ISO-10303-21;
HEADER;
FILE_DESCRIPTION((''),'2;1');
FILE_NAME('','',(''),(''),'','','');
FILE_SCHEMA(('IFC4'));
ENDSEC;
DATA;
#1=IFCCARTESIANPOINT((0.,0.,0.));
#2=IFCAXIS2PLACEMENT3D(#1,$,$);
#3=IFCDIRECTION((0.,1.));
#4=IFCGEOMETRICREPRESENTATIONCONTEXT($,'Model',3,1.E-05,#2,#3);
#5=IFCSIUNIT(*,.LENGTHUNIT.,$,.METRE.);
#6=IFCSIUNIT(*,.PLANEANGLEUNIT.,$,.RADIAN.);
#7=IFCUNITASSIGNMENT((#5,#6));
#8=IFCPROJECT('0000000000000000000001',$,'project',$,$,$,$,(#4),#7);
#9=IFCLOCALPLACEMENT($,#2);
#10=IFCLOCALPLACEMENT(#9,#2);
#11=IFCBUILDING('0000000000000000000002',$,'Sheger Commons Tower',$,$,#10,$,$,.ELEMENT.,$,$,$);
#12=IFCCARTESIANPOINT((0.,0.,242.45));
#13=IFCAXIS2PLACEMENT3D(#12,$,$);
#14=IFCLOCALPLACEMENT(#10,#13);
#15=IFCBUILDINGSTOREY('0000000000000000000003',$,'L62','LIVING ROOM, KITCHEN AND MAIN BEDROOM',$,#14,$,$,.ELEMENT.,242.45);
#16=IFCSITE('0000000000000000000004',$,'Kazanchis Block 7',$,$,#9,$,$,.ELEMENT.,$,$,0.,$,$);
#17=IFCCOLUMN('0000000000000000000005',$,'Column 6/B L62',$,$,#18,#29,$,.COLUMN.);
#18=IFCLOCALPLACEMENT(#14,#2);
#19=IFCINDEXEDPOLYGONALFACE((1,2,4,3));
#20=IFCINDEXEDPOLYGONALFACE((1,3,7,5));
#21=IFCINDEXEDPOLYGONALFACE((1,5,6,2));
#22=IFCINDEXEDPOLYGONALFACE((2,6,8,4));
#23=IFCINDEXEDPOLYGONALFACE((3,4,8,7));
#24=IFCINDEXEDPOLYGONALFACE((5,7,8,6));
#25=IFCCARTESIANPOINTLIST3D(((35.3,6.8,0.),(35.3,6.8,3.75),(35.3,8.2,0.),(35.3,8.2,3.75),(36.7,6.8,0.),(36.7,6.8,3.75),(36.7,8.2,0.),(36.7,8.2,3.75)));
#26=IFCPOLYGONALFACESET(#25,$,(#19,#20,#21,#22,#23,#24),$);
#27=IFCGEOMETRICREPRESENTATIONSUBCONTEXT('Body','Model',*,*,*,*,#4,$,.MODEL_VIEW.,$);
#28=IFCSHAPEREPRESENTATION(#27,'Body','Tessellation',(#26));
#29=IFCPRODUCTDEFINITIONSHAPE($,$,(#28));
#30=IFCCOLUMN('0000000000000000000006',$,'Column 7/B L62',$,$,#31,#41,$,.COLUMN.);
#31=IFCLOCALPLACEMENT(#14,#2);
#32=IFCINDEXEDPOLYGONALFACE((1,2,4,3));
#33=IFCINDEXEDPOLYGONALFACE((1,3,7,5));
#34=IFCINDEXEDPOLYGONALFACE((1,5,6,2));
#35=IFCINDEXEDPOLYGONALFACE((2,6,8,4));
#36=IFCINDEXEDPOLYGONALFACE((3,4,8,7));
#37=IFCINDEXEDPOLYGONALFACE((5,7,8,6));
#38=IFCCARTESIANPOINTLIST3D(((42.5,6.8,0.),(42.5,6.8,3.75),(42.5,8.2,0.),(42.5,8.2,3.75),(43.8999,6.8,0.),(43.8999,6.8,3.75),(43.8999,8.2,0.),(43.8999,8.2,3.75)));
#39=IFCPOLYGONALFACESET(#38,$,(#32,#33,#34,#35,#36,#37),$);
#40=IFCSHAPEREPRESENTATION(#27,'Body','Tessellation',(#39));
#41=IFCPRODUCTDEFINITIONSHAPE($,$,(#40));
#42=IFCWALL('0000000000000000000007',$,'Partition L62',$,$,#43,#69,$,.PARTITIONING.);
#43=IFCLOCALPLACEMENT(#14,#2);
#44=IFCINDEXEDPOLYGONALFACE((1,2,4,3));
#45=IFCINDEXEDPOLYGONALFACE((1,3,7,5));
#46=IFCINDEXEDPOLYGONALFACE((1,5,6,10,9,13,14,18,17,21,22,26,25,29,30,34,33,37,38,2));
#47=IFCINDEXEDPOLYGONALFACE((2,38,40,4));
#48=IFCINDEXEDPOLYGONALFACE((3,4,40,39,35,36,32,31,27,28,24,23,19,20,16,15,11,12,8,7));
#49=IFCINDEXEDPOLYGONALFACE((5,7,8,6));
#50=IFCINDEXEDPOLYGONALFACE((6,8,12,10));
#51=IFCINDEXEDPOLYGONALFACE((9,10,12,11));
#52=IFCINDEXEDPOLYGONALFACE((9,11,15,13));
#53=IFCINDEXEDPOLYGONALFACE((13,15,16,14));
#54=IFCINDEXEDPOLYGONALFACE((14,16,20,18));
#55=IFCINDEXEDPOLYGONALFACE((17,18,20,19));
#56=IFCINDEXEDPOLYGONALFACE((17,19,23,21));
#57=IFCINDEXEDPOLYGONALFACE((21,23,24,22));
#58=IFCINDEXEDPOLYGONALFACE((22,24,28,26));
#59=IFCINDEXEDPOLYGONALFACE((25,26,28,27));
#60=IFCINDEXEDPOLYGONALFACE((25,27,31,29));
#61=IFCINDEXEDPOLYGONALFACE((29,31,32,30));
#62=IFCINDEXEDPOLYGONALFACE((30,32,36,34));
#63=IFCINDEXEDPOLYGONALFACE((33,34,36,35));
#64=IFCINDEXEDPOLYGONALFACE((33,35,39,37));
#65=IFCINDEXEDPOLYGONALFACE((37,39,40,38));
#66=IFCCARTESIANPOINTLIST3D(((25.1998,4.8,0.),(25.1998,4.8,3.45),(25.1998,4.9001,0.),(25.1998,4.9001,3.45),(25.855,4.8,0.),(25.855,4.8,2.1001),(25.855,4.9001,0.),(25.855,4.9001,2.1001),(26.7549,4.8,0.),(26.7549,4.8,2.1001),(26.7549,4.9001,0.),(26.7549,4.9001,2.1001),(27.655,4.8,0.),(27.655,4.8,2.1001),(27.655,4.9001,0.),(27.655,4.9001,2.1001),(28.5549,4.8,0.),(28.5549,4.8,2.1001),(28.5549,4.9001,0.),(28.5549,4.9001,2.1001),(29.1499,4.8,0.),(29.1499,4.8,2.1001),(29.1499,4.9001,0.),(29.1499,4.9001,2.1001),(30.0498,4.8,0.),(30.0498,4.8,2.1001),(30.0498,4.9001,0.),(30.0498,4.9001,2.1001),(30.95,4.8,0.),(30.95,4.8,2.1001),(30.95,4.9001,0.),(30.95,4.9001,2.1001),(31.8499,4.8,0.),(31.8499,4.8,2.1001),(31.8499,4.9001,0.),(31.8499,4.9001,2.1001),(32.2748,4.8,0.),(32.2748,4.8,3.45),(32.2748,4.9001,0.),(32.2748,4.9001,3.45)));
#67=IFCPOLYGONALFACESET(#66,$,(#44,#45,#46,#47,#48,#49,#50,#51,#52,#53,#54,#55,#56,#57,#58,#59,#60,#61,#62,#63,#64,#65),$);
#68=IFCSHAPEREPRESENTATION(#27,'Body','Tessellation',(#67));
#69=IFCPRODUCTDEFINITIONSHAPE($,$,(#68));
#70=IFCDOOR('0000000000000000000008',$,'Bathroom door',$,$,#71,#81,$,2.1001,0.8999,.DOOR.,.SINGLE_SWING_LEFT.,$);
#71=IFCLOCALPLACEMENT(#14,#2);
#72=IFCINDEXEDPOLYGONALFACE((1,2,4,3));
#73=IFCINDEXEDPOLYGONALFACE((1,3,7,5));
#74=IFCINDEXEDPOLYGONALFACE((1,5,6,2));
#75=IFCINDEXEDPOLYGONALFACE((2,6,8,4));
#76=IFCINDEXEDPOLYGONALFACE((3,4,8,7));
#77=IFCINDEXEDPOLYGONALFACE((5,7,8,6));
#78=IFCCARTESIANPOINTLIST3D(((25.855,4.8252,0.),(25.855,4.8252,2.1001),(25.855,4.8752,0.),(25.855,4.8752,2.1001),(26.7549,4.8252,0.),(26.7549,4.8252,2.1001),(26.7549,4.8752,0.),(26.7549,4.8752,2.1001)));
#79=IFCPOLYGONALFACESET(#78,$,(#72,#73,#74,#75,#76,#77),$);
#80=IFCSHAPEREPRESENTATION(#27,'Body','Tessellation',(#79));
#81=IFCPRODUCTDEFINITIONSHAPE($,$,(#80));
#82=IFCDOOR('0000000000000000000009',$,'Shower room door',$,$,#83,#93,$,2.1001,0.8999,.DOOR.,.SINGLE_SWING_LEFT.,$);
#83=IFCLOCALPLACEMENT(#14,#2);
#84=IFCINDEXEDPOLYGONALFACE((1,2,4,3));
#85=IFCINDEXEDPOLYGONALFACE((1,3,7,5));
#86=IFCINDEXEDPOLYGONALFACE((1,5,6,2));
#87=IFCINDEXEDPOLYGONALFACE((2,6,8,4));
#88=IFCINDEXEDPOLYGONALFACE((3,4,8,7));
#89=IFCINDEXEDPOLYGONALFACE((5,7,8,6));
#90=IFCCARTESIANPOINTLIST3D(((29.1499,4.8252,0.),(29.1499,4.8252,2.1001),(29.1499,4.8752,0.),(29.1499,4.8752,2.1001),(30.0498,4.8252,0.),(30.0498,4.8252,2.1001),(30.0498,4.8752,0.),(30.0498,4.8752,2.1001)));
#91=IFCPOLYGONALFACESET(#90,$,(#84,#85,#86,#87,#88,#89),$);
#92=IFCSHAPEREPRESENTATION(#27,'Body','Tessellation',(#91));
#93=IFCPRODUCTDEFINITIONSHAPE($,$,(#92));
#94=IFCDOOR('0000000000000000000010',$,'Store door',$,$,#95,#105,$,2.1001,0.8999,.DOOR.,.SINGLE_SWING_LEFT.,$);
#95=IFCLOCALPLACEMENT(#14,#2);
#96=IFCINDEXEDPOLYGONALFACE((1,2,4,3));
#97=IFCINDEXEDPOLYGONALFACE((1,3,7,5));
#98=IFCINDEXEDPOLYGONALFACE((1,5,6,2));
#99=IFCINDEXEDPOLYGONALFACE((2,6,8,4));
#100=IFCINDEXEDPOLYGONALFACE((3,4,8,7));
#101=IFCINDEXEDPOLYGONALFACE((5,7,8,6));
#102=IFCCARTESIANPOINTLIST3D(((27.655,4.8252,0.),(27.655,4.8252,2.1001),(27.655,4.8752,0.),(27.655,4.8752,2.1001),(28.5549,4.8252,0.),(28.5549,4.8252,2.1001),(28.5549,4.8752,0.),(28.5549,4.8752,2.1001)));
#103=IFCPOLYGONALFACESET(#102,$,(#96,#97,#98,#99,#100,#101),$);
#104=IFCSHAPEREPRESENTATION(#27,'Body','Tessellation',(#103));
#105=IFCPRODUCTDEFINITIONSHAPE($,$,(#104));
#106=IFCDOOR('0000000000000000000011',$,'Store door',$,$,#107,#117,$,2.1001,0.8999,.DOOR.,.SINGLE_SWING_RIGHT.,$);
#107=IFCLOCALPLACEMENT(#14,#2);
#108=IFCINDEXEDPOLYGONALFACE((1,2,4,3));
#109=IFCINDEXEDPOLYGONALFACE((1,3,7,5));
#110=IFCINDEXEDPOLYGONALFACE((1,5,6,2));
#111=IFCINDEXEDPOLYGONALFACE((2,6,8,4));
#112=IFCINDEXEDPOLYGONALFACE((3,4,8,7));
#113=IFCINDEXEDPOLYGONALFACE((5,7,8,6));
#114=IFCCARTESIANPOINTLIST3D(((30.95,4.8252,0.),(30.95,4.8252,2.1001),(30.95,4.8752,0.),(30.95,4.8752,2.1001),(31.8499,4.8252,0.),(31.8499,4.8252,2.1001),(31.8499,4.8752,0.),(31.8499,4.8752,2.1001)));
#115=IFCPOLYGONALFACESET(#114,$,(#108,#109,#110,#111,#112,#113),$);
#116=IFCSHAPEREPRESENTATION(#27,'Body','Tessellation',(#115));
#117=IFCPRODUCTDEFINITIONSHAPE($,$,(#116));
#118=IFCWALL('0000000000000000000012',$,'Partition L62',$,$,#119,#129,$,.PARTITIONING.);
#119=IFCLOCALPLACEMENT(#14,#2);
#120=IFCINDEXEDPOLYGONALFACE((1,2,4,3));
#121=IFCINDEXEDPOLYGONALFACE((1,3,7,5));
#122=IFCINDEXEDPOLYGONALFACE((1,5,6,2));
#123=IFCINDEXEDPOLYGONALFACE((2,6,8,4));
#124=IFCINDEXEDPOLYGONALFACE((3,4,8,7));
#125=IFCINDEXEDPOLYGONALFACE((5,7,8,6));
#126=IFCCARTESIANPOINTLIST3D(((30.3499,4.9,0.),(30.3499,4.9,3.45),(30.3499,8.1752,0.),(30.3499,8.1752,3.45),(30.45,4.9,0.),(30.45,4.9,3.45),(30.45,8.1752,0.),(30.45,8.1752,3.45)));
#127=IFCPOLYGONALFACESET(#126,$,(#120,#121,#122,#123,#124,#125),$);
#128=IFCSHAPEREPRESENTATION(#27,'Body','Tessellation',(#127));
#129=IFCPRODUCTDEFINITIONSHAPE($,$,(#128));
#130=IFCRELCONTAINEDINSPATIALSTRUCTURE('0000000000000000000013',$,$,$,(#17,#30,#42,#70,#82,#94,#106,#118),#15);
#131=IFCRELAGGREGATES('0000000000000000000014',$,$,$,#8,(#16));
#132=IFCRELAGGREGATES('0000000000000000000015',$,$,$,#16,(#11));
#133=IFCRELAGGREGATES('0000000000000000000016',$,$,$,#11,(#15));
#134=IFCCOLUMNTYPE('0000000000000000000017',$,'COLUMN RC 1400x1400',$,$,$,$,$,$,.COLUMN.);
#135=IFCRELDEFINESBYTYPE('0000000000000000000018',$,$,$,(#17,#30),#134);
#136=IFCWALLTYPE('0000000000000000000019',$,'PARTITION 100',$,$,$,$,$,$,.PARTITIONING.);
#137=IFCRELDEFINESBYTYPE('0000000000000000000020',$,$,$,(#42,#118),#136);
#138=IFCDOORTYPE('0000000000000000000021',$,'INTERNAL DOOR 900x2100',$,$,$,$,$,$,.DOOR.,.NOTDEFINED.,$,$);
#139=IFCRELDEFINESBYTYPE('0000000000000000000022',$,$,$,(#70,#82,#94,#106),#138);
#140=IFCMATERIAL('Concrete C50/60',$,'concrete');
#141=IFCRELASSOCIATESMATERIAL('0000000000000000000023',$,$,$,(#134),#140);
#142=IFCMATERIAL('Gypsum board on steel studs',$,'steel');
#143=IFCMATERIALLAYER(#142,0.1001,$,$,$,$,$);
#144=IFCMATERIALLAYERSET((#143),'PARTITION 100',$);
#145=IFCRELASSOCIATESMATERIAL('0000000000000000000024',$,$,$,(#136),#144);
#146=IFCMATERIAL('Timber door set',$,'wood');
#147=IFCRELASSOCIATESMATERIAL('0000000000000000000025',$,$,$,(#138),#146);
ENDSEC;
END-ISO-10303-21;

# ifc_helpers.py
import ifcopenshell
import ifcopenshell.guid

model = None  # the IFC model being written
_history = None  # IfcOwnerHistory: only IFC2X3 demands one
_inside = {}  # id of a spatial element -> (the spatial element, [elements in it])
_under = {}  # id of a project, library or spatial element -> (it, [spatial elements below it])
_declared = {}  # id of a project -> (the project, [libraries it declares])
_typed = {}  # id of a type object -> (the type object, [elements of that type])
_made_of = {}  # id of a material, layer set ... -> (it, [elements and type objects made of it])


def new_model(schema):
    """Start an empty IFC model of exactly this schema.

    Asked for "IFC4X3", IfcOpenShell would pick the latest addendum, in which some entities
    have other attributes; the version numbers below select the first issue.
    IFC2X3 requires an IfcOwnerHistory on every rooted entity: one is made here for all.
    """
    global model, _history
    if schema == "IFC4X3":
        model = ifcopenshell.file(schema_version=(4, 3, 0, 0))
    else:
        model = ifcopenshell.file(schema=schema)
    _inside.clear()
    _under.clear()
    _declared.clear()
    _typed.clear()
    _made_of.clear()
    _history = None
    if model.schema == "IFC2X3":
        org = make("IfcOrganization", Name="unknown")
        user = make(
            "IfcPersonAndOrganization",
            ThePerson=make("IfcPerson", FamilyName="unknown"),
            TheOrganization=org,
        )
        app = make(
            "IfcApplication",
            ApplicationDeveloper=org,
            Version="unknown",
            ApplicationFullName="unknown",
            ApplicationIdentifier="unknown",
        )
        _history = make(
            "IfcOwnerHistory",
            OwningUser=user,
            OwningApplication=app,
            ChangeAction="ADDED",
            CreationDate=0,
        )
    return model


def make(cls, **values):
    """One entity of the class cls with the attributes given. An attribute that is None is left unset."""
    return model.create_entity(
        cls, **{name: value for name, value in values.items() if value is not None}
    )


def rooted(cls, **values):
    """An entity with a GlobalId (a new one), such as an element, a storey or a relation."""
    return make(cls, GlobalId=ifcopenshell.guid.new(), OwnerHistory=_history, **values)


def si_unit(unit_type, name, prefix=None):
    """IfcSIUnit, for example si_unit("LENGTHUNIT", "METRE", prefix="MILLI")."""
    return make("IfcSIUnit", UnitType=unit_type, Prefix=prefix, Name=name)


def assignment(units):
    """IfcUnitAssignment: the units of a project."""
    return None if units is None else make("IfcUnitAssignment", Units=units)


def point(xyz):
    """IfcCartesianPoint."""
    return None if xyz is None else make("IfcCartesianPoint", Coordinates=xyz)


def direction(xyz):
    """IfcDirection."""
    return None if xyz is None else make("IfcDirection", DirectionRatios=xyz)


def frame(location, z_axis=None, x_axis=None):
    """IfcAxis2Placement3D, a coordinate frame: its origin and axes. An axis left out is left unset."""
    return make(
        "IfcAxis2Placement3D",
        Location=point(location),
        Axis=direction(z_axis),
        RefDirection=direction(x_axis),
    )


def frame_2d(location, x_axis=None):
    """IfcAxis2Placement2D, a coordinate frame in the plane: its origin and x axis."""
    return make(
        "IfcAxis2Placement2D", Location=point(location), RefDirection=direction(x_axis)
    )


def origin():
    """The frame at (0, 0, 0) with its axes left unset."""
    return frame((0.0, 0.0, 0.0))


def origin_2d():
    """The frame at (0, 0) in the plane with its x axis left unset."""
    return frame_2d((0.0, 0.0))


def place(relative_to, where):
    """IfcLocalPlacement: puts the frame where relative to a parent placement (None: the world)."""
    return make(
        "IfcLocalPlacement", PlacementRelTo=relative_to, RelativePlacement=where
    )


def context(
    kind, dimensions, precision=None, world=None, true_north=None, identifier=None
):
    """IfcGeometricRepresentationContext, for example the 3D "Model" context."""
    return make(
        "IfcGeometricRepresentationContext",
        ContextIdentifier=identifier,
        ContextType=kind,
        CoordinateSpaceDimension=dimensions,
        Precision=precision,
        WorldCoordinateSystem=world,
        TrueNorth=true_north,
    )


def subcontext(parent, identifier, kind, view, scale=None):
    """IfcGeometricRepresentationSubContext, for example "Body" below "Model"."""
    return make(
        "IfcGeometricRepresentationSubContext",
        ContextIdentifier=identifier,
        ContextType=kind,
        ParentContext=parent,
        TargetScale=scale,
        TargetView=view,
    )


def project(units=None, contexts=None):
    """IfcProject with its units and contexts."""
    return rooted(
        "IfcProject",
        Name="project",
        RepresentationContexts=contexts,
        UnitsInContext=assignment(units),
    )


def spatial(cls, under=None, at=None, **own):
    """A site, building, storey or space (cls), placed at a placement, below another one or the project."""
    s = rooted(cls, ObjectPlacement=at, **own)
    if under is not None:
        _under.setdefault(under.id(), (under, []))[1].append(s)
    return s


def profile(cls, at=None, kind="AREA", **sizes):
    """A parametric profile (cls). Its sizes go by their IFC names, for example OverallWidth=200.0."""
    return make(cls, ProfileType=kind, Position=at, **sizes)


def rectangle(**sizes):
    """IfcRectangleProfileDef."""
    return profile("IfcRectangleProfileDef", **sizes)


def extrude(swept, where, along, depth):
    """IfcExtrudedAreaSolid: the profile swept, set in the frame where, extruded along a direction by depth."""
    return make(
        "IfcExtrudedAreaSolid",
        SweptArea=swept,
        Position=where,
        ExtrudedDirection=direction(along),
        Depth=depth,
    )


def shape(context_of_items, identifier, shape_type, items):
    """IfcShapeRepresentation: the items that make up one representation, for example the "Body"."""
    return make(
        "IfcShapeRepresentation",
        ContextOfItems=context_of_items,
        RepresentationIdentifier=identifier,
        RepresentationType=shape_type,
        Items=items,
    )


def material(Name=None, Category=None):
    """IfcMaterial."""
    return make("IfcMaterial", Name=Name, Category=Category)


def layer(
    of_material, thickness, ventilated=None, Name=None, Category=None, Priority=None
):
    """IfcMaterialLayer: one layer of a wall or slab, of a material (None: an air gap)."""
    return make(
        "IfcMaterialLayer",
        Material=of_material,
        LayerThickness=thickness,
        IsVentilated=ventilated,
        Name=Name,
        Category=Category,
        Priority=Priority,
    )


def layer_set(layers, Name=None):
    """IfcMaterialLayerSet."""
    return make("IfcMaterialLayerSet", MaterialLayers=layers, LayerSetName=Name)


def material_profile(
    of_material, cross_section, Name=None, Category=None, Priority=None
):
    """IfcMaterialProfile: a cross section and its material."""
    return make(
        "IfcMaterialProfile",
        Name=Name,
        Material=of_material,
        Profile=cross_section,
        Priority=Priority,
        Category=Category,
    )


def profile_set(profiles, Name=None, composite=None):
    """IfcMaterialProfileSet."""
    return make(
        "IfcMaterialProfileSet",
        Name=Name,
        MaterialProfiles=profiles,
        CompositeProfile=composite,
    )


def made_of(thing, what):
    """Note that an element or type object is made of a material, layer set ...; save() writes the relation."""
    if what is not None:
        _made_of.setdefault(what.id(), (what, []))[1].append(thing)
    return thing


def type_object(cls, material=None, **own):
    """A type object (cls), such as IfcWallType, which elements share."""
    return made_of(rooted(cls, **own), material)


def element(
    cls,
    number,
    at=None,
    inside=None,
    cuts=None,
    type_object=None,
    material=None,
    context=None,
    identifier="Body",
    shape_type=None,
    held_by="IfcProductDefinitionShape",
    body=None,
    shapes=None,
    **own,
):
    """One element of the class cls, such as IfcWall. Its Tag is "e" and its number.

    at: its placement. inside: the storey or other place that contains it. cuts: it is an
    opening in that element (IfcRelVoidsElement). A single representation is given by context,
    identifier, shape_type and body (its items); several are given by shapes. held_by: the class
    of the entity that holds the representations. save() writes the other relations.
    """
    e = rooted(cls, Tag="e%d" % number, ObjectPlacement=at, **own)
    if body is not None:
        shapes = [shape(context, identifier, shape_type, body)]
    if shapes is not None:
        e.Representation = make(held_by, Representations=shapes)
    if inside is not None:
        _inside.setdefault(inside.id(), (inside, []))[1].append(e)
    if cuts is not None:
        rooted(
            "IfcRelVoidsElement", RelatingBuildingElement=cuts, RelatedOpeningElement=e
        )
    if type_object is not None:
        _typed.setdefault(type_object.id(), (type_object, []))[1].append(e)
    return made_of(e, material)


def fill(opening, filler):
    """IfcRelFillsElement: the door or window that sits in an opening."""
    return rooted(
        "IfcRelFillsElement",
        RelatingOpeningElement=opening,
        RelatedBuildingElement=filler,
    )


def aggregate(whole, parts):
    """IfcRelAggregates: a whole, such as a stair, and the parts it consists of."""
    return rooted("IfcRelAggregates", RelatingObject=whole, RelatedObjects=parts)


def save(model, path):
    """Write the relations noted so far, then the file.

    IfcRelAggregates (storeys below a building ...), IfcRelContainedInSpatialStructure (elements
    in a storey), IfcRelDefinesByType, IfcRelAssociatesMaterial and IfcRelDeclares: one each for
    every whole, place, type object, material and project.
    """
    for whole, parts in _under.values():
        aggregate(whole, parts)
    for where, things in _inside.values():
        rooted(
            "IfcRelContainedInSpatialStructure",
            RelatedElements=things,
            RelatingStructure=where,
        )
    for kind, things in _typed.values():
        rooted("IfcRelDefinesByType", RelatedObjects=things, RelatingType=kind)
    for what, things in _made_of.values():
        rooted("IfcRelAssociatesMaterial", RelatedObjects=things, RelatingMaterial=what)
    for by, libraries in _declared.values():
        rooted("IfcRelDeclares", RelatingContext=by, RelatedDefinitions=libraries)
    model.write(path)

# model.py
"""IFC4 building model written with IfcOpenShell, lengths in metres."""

from ifc_helpers import new_model, si_unit, direction, frame, frame_2d, origin, origin_2d, place, context, subcontext, project, spatial, rectangle, extrude, material, layer, layer_set, material_profile, profile_set, type_object, element, fill, save


model = new_model("IFC4")

# Units and contexts
model_context = context("Model", 3, precision=1e-05, world=origin(), true_north=direction((0.0, 1.0)))
body_context = subcontext(model_context, "Body", "Model", "MODEL_VIEW")
ifc_project = project(units=[si_unit("LENGTHUNIT", "METRE"), si_unit("PLANEANGLEUNIT", "RADIAN")], contexts=[model_context])

# Site, building, storey
site_placement = place(None, origin())
site = spatial("IfcSite", under=ifc_project, at=site_placement, Name="Kazanchis Block 7", CompositionType="ELEMENT", RefElevation=0.0)
building_placement = place(site_placement, origin())
building = spatial("IfcBuilding", under=site, at=building_placement, Name="Sheger Commons Tower", CompositionType="ELEMENT")
storey_placement = place(building_placement, frame((0.0, 0.0, 242.45)))
storey = spatial("IfcBuildingStorey", under=building, at=storey_placement, Name="L62", Description="LIVING ROOM, KITCHEN AND MAIN BEDROOM", CompositionType="ELEMENT", Elevation=242.45)

# Columns
ifc_material_1 = material(Name="Concrete C50/60", Category="concrete")
ifc_material_profile = material_profile(ifc_material_1, rectangle(XDim=1.3999, YDim=1.3999, at=origin_2d()), Name="RC 1400x1400")
ifc_profile_set = profile_set([ifc_material_profile], Name="Concrete C50/60")
column_type = type_object("IfcColumnType", Name="COLUMN RC 1400x1400", PredefinedType="COLUMN", material=ifc_profile_set)
for number, where, z_axis, x_axis, name in (
    (1, (36.0, 7.5, 0.0), (0.0, 0.0, 1.0), (1.0, 0.0, 0.0), "Column 6/B L62"),
    (2, (43.2, 7.5, 0.0), (0.0, 0.0, 1.0), (1.0, 0.0, 0.0), "Column 7/B L62"),
):
    element("IfcColumn", number, at=place(storey_placement, frame(where, z_axis=z_axis, x_axis=x_axis)), inside=storey, type_object=column_type, Name=name, PredefinedType="COLUMN", context=body_context, shape_type="SweptSolid", body=[
        extrude(rectangle(XDim=1.3999, YDim=1.3999, at=origin_2d()), origin(), (0.0, 0.0, 1.0), 3.75),
    ])

# Wall, openings, doors
ifc_material_2 = material(Name="Gypsum board on steel studs", Category="steel")
ifc_layer = layer(ifc_material_2, 0.1001)
ifc_layer_set = layer_set([ifc_layer], Name="PARTITION 100")
wall_type = type_object("IfcWallType", Name="PARTITION 100", PredefinedType="PARTITIONING", material=ifc_layer_set)
wall_1_placement = place(storey_placement, frame((32.2749, 4.8501, 0.0), z_axis=(0.0, 0.0, 1.0), x_axis=(-1.0, 0.0, 0.0)))
wall_1 = element("IfcWall", 3, at=wall_1_placement, inside=storey, type_object=wall_type, Name="Partition L62", PredefinedType="PARTITIONING", context=body_context, shape_type="SweptSolid", body=[
    extrude(rectangle(XDim=7.075, YDim=0.1001, at=frame_2d((3.5376, 0.0))), origin(), (0.0, 0.0, 1.0), 3.45),
])
opening_1_placement = place(wall_1_placement, frame((5.52, 0.0, 0.0)))
opening_1 = element("IfcOpeningElement", 4, at=opening_1_placement, cuts=wall_1, PredefinedType="OPENING", context=body_context, shape_type="SweptSolid", body=[
    extrude(rectangle(XDim=0.8999, YDim=2.1001, at=frame_2d((0.45, 1.05))), frame((0.0, 0.0601, 0.0), z_axis=(0.0, -1.0, 0.0), x_axis=(1.0, 0.0, 0.0)), (0.0, 0.0, 1.0), 0.1201),
])
opening_2_placement = place(wall_1_placement, frame((2.2251, 0.0, 0.0)))
opening_2 = element("IfcOpeningElement", 5, at=opening_2_placement, cuts=wall_1, PredefinedType="OPENING", context=body_context, shape_type="SweptSolid", body=[
    extrude(rectangle(XDim=0.8999, YDim=2.1001, at=frame_2d((0.45, 1.05))), frame((0.0, 0.0601, 0.0), z_axis=(0.0, -1.0, 0.0), x_axis=(1.0, 0.0, 0.0)), (0.0, 0.0, 1.0), 0.1201),
])
opening_3_placement = place(wall_1_placement, frame((3.72, 0.0, 0.0)))
opening_3 = element("IfcOpeningElement", 6, at=opening_3_placement, cuts=wall_1, PredefinedType="OPENING", context=body_context, shape_type="SweptSolid", body=[
    extrude(rectangle(XDim=0.8999, YDim=2.1001, at=frame_2d((0.45, 1.05))), frame((0.0, 0.0601, 0.0), z_axis=(0.0, -1.0, 0.0), x_axis=(1.0, 0.0, 0.0)), (0.0, 0.0, 1.0), 0.1201),
])
opening_4_placement = place(wall_1_placement, frame((0.425, 0.0, 0.0)))
opening_4 = element("IfcOpeningElement", 7, at=opening_4_placement, cuts=wall_1, PredefinedType="OPENING", context=body_context, shape_type="SweptSolid", body=[
    extrude(rectangle(XDim=0.8999, YDim=2.1001, at=frame_2d((0.45, 1.05))), frame((0.0, 0.0601, 0.0), z_axis=(0.0, -1.0, 0.0), x_axis=(1.0, 0.0, 0.0)), (0.0, 0.0, 1.0), 0.1201),
])
ifc_material_3 = material(Name="Timber door set", Category="wood")
door_type = type_object("IfcDoorType", Name="INTERNAL DOOR 900x2100", OperationType="NOTDEFINED", PredefinedType="DOOR", material=ifc_material_3)
door_1_placement = place(opening_1_placement, origin())
door_1 = element("IfcDoor", 8, at=door_1_placement, inside=storey, type_object=door_type, Name="Bathroom door", OperationType="SINGLE_SWING_LEFT", OverallHeight=2.1001, OverallWidth=0.8999, PredefinedType="DOOR", context=body_context, shape_type="SweptSolid", body=[
    extrude(rectangle(XDim=0.8999, YDim=2.1001, at=frame_2d((0.45, 1.05))), frame((0.0, 0.0249, 0.0), z_axis=(0.0, -1.0, 0.0), x_axis=(1.0, 0.0, 0.0)), (0.0, 0.0, 1.0), 0.05),
])
fill(opening_1, door_1)
door_2_placement = place(opening_2_placement, origin())
door_2 = element("IfcDoor", 9, at=door_2_placement, inside=storey, type_object=door_type, Name="Shower room door", OperationType="SINGLE_SWING_LEFT", OverallHeight=2.1001, OverallWidth=0.8999, PredefinedType="DOOR", context=body_context, shape_type="SweptSolid", body=[
    extrude(rectangle(XDim=0.8999, YDim=2.1001, at=frame_2d((0.45, 1.05))), frame((0.0, 0.0249, 0.0), z_axis=(0.0, -1.0, 0.0), x_axis=(1.0, 0.0, 0.0)), (0.0, 0.0, 1.0), 0.05),
])
fill(opening_2, door_2)
door_3_placement = place(opening_3_placement, origin())
door_3 = element("IfcDoor", 10, at=door_3_placement, inside=storey, type_object=door_type, Name="Store door", OperationType="SINGLE_SWING_LEFT", OverallHeight=2.1001, OverallWidth=0.8999, PredefinedType="DOOR", context=body_context, shape_type="SweptSolid", body=[
    extrude(rectangle(XDim=0.8999, YDim=2.1001, at=frame_2d((0.45, 1.05))), frame((0.0, 0.0249, 0.0), z_axis=(0.0, -1.0, 0.0), x_axis=(1.0, 0.0, 0.0)), (0.0, 0.0, 1.0), 0.05),
])
fill(opening_3, door_3)
door_4_placement = place(opening_4_placement, origin())
door_4 = element("IfcDoor", 11, at=door_4_placement, inside=storey, type_object=door_type, Name="Store door", OperationType="SINGLE_SWING_RIGHT", OverallHeight=2.1001, OverallWidth=0.8999, PredefinedType="DOOR", context=body_context, shape_type="SweptSolid", body=[
    extrude(rectangle(XDim=0.8999, YDim=2.1001, at=frame_2d((0.45, 1.05))), frame((0.0, 0.0249, 0.0), z_axis=(0.0, -1.0, 0.0), x_axis=(1.0, 0.0, 0.0)), (0.0, 0.0, 1.0), 0.05),
])
fill(opening_4, door_4)

# Wall
wall_2_placement = place(storey_placement, frame((30.3999, 4.8999, 0.0), z_axis=(0.0, 0.0, 1.0), x_axis=(0.0, 1.0, 0.0)))
element("IfcWall", 12, at=wall_2_placement, inside=storey, type_object=wall_type, Name="Partition L62", PredefinedType="PARTITIONING", context=body_context, shape_type="SweptSolid", body=[
    extrude(rectangle(XDim=3.2751, YDim=0.1001, at=frame_2d((1.6377, 0.0))), origin(), (0.0, 0.0, 1.0), 3.45),
])

save(model, "model.ifc")
